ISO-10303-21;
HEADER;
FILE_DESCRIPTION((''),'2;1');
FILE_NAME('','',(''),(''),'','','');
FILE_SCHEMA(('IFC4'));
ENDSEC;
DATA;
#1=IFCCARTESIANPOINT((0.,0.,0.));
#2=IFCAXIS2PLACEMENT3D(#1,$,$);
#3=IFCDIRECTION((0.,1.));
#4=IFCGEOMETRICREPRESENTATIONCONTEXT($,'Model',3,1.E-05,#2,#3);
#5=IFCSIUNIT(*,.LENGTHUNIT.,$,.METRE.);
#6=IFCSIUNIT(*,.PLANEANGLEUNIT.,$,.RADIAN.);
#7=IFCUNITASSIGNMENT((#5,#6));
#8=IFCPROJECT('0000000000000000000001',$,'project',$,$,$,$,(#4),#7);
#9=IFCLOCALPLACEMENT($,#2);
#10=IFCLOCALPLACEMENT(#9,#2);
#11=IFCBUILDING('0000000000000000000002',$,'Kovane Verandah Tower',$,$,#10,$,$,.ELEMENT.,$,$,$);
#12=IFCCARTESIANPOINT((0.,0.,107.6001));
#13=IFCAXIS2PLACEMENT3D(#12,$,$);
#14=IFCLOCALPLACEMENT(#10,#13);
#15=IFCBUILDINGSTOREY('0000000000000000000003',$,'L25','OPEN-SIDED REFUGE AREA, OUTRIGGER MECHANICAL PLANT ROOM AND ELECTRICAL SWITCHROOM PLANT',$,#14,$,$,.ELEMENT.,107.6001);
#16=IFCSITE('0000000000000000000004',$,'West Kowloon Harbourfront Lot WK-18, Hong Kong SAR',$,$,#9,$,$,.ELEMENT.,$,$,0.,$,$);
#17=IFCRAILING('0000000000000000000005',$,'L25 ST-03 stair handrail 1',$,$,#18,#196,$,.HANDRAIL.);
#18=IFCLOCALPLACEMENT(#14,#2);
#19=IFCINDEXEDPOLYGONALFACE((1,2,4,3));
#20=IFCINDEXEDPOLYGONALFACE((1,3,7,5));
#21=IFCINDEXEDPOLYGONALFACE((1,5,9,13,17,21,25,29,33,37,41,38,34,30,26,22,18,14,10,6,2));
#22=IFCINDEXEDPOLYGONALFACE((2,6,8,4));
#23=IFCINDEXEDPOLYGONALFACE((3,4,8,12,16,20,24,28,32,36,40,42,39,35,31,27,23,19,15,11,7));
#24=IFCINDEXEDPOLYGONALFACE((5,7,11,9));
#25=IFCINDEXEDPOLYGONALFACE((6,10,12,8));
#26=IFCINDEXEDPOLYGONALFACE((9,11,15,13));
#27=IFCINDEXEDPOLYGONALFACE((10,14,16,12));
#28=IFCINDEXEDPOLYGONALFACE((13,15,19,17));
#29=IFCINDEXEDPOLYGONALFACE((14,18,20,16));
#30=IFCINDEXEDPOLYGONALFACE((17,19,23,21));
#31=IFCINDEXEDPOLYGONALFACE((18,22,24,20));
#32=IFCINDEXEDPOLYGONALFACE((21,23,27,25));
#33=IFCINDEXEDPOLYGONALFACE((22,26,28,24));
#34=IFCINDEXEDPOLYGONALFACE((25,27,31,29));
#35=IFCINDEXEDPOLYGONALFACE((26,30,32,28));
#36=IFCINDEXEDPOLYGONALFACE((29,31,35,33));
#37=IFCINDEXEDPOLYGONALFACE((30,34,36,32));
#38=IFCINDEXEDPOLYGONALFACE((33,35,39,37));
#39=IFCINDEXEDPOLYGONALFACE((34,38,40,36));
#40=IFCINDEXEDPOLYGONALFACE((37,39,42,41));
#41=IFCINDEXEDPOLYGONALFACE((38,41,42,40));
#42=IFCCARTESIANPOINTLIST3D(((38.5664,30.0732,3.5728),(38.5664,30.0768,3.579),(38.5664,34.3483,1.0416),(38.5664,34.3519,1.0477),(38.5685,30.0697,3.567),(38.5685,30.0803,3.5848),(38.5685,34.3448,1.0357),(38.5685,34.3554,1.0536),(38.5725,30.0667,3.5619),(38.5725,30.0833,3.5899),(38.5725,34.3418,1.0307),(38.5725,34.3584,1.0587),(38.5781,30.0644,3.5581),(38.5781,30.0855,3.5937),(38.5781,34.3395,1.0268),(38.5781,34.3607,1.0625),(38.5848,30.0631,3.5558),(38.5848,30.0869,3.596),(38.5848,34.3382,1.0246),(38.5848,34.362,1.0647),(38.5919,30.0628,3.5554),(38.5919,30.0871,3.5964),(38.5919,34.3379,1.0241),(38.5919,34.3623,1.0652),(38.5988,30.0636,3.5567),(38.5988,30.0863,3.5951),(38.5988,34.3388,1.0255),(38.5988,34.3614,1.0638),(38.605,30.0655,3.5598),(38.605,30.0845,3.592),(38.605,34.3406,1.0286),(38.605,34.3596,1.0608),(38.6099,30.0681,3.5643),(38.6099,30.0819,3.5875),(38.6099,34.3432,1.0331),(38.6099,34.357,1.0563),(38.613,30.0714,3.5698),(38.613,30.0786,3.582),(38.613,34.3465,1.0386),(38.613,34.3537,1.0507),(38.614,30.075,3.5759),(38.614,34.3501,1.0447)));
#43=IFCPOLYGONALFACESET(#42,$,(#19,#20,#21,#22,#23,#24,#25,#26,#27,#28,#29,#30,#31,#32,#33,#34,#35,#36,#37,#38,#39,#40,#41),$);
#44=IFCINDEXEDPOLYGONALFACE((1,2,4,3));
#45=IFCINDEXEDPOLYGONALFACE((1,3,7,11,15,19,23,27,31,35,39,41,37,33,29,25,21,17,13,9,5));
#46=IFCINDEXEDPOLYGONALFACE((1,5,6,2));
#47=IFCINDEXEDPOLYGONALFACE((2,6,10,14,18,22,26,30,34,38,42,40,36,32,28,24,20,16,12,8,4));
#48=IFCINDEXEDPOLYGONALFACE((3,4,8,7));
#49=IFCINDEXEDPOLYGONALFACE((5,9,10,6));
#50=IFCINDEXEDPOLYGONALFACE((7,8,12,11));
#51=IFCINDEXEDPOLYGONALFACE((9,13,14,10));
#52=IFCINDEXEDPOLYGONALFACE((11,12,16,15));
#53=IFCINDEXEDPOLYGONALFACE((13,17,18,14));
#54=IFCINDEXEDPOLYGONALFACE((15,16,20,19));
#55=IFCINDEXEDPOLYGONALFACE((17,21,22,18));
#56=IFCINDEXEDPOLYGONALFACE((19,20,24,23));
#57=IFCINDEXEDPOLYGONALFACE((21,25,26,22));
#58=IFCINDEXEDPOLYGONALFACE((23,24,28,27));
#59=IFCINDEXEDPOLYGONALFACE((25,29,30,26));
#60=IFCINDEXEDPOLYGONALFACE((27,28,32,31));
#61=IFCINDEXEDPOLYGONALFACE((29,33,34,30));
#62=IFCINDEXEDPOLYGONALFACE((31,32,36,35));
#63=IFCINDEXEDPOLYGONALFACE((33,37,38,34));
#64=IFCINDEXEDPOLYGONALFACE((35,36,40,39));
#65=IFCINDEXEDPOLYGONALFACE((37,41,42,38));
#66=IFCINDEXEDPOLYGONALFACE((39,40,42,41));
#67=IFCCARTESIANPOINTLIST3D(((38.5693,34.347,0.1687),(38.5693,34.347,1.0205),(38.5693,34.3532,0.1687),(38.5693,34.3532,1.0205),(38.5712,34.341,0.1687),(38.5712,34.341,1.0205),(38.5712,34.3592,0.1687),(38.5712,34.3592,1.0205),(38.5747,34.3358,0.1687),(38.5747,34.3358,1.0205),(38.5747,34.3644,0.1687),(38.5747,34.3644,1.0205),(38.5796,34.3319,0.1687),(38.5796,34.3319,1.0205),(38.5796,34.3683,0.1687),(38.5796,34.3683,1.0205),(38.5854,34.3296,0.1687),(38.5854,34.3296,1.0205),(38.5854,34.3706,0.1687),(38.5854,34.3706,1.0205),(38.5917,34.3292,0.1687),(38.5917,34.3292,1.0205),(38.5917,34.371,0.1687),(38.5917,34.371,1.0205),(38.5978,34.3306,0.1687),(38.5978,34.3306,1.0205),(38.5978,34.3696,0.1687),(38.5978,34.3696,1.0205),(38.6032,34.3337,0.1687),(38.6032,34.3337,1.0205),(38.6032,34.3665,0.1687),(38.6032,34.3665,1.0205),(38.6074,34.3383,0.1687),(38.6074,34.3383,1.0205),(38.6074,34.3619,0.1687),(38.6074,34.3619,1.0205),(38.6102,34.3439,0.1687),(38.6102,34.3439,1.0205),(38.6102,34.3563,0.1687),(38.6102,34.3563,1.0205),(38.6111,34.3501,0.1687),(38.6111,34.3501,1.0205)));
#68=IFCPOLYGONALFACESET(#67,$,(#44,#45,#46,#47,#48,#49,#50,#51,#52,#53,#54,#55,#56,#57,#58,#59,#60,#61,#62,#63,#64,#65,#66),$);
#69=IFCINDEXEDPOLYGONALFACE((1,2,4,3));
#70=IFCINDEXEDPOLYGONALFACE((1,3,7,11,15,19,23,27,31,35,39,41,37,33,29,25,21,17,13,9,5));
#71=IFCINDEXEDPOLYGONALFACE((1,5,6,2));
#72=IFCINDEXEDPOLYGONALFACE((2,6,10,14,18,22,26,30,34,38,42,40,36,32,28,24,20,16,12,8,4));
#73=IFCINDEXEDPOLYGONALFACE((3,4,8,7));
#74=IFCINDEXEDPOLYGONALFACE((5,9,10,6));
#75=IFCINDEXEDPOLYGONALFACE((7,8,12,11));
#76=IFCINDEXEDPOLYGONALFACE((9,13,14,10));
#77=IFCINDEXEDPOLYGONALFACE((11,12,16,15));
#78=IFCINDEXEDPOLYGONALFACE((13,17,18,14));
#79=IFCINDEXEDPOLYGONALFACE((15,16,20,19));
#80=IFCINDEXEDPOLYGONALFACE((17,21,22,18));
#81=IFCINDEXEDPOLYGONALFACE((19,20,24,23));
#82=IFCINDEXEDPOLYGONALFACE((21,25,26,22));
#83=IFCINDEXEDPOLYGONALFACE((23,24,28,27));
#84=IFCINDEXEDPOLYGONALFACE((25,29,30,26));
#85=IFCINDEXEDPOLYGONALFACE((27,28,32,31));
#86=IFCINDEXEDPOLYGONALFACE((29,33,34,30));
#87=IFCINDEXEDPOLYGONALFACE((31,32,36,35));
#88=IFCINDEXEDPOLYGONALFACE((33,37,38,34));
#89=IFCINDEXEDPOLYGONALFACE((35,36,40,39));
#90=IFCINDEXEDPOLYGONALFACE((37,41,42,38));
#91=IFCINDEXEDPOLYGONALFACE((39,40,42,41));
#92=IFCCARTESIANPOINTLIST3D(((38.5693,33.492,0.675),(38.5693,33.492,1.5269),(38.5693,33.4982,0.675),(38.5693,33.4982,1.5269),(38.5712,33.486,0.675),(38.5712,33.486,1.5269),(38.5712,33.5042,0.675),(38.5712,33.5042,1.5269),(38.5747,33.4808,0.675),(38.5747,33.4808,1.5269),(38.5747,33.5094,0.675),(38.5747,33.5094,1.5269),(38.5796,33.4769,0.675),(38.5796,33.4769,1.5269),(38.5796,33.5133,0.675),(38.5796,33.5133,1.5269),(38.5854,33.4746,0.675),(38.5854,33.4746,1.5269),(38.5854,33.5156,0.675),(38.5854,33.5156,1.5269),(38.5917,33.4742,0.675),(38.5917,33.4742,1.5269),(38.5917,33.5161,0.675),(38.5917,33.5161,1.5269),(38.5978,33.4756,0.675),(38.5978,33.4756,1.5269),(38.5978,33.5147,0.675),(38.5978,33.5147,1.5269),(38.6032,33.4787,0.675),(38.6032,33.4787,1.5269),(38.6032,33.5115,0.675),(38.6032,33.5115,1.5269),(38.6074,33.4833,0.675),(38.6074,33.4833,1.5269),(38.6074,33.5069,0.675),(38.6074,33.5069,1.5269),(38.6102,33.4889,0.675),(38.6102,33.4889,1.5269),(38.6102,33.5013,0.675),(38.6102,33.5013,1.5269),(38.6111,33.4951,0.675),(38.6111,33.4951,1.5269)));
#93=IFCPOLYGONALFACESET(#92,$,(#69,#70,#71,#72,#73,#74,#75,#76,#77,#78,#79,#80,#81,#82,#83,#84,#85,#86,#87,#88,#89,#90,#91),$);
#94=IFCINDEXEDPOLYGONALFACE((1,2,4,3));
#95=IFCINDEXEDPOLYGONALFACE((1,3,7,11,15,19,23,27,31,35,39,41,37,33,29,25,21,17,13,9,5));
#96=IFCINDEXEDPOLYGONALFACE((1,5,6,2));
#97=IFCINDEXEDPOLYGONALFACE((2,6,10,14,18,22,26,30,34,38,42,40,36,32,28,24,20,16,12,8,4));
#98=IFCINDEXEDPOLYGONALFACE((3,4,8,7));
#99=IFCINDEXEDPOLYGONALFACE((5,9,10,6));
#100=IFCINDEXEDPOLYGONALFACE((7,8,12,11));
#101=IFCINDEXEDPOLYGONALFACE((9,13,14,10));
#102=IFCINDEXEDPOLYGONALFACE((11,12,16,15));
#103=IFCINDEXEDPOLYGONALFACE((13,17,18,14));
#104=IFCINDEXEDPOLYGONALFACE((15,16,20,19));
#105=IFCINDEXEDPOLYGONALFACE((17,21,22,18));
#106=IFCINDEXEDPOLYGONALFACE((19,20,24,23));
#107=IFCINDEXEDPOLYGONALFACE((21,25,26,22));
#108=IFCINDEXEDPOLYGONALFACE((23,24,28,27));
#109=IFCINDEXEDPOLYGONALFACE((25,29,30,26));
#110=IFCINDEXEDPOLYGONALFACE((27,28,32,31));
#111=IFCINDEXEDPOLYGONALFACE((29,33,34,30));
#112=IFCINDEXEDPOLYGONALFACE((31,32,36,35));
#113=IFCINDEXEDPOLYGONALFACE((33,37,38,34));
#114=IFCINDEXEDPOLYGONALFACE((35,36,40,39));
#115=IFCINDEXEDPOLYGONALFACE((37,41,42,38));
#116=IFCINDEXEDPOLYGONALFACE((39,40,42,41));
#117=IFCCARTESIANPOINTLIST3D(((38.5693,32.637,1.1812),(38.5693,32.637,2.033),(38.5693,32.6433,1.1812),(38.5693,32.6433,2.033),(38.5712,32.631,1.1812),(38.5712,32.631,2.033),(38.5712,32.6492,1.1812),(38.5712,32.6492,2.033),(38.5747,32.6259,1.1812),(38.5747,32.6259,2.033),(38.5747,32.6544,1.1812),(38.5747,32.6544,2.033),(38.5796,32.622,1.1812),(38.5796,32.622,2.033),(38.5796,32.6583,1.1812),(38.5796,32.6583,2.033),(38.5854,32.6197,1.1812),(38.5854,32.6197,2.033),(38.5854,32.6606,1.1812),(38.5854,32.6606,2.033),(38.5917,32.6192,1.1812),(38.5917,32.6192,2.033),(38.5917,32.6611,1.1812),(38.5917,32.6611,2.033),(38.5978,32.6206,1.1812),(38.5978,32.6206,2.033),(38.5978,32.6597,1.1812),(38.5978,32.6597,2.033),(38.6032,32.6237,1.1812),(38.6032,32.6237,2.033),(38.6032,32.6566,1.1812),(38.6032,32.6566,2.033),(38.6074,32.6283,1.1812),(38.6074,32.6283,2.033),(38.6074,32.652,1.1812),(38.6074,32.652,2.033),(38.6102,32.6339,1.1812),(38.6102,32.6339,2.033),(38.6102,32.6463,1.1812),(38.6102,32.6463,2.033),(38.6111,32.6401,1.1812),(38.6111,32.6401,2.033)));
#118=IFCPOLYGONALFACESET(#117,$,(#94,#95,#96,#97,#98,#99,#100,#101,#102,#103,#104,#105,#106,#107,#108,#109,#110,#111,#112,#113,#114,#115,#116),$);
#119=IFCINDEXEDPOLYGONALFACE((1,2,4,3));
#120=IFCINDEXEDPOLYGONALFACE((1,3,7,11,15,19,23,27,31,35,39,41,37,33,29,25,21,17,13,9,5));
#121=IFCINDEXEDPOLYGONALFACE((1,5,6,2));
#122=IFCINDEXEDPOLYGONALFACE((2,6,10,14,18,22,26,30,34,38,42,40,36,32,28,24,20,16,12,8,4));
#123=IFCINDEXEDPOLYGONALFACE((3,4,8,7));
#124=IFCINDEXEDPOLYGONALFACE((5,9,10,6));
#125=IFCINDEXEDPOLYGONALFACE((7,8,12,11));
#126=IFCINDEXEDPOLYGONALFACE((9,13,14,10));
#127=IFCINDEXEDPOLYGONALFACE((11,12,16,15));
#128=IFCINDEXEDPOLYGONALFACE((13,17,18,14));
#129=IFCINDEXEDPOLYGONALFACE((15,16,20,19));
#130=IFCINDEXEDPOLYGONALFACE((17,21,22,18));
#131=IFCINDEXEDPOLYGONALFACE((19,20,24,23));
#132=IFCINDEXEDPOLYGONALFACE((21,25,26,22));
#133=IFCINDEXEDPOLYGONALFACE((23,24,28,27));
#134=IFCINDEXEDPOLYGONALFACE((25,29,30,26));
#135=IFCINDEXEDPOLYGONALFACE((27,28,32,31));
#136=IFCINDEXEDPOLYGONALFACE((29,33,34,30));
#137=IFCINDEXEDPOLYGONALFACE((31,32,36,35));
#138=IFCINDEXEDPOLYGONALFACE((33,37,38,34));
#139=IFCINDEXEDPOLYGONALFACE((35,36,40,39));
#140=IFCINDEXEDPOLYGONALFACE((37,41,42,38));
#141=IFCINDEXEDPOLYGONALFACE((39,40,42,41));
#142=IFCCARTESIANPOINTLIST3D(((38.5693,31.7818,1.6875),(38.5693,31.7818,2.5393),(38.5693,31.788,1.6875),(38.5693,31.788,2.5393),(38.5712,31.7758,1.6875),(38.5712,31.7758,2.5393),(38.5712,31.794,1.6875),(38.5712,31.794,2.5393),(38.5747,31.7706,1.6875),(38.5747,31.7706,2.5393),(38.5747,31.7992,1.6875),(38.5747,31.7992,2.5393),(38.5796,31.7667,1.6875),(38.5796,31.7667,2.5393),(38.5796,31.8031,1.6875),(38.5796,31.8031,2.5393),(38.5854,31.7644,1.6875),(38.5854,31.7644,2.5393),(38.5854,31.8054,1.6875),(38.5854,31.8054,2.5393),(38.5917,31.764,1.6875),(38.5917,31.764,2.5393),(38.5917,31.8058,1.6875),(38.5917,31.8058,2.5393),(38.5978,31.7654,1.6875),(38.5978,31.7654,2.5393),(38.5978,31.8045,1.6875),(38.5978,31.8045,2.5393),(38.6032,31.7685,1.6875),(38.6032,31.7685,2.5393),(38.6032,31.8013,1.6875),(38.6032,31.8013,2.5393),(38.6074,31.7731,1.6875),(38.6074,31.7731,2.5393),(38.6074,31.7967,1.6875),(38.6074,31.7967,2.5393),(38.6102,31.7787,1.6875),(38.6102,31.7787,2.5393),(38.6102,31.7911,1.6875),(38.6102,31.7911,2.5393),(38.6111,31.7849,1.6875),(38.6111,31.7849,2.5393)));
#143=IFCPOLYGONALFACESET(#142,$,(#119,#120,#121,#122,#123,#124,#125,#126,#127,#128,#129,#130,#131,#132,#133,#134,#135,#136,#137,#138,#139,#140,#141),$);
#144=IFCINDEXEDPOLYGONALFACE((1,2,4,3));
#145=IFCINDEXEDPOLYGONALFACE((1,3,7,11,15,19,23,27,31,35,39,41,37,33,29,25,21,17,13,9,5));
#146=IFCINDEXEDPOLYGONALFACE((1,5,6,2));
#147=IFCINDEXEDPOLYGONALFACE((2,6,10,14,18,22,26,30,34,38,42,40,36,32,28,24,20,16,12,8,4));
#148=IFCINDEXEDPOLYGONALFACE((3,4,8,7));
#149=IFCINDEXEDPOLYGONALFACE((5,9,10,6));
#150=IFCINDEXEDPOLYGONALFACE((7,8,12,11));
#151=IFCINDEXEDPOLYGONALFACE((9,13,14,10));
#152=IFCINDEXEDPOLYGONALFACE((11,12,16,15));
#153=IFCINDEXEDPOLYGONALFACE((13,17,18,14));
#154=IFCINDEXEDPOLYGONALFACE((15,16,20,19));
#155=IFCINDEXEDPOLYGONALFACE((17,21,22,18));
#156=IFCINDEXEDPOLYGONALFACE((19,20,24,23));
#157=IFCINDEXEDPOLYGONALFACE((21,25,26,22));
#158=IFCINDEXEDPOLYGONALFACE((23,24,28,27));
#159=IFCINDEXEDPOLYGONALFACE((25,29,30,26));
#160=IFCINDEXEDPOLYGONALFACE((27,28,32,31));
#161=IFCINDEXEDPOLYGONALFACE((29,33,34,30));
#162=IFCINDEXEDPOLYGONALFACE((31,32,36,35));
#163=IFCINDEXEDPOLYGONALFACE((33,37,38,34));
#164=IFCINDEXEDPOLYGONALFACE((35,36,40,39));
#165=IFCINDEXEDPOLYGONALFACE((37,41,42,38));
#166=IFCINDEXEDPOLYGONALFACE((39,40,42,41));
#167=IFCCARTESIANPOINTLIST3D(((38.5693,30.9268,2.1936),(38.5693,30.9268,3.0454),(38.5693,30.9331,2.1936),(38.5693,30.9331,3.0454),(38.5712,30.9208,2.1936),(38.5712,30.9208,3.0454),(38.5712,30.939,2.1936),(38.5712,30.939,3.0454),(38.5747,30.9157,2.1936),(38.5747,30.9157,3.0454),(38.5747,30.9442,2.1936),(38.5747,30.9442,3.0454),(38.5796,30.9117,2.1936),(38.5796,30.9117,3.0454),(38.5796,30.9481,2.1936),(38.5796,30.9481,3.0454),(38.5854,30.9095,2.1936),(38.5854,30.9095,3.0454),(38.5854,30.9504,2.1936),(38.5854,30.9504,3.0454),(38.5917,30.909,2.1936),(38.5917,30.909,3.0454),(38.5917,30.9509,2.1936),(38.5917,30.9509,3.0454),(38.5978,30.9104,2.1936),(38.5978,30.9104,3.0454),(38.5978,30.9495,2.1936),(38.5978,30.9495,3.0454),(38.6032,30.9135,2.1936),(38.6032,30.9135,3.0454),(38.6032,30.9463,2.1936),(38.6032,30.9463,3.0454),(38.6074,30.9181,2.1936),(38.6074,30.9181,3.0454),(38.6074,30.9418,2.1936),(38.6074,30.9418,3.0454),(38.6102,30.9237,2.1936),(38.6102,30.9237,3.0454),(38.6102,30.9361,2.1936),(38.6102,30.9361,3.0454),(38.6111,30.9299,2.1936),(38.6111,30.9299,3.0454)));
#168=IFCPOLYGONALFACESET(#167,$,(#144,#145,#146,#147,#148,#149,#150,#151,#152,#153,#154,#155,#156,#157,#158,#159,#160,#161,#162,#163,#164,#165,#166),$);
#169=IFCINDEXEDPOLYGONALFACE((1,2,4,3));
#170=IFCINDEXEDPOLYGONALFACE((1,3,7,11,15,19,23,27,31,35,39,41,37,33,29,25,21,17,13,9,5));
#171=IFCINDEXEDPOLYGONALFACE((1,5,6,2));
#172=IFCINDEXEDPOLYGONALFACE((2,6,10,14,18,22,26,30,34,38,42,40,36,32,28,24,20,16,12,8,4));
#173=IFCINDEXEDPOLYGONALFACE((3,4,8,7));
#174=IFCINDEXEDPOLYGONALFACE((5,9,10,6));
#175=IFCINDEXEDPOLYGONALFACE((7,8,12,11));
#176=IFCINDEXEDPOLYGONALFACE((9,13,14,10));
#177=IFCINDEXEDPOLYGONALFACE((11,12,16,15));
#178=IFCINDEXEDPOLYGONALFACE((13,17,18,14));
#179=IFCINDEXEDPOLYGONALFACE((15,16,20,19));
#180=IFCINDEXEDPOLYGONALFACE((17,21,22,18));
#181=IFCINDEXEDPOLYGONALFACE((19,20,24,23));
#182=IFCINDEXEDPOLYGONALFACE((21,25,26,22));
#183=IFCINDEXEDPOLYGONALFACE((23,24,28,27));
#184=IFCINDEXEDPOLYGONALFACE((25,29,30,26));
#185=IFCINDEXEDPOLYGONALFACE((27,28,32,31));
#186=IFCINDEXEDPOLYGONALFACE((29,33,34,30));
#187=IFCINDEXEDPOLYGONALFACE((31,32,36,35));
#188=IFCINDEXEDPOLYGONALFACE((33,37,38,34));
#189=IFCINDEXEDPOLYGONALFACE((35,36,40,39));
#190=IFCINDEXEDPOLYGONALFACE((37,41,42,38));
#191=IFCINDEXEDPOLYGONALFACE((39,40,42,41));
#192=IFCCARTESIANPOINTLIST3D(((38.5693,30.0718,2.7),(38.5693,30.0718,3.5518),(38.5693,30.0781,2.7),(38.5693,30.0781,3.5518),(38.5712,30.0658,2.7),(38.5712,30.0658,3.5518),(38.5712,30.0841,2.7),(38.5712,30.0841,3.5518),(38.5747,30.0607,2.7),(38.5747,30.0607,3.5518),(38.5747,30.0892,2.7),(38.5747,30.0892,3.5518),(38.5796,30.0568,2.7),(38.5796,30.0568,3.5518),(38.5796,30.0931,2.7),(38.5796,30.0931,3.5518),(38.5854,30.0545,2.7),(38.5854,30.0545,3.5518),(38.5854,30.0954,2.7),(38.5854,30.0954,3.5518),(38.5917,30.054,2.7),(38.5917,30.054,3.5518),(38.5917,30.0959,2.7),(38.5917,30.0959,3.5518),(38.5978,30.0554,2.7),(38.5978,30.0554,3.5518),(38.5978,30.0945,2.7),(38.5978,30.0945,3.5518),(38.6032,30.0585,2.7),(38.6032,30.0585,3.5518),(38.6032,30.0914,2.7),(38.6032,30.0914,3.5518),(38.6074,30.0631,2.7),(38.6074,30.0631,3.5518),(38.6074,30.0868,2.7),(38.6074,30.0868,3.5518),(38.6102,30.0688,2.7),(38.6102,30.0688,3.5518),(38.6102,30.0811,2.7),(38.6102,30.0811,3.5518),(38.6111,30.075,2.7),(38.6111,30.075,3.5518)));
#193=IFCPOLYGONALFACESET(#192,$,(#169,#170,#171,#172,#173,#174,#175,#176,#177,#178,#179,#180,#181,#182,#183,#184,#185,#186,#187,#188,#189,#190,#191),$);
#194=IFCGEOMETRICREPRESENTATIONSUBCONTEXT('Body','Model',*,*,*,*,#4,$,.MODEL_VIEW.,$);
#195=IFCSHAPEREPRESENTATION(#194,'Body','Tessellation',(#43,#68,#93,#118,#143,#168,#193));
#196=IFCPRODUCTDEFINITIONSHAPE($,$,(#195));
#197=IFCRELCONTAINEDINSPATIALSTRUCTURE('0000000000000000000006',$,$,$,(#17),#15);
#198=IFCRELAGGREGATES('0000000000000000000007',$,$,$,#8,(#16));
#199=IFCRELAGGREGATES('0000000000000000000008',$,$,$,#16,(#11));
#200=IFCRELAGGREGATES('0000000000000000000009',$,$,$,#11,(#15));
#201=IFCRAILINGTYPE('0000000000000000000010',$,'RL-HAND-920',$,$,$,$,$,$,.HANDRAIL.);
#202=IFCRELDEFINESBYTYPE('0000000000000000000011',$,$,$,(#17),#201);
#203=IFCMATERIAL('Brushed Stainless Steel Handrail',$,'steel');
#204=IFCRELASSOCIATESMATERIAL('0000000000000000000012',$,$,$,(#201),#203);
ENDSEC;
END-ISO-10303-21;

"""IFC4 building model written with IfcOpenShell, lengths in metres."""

from ifc_helpers import new_model, si_unit, direction, frame, origin, origin_2d, place, context, subcontext, project, spatial, circle, extrude, material, type_object, element, save


model = new_model("IFC4")

# Units and contexts
model_context = context("Model", 3, precision=1e-05, world=origin(), true_north=direction((0.0, 1.0)))
body_context = subcontext(model_context, "Body", "Model", "MODEL_VIEW")
ifc_project = project(units=[si_unit("LENGTHUNIT", "METRE"), si_unit("PLANEANGLEUNIT", "RADIAN")], contexts=[model_context])

# Site, building, storey
site_placement = place(None, origin())
site = spatial("IfcSite", under=ifc_project, at=site_placement, Name="West Kowloon Harbourfront Lot WK-18, Hong Kong SAR", CompositionType="ELEMENT", RefElevation=0.0)
building_placement = place(site_placement, origin())
building = spatial("IfcBuilding", under=site, at=building_placement, Name="Kovane Verandah Tower", CompositionType="ELEMENT")
storey_placement = place(building_placement, frame((0.0, 0.0, 107.6001)))
storey = spatial("IfcBuildingStorey", under=building, at=storey_placement, Name="L25", Description="OPEN-SIDED REFUGE AREA, OUTRIGGER MECHANICAL PLANT ROOM AND ELECTRICAL SWITCHROOM PLANT", CompositionType="ELEMENT", Elevation=107.6001)

# Railing
ifc_material_1 = material(Name="Brushed Stainless Steel Handrail", Category="steel")
railing_type_1 = type_object("IfcRailingType", Name="RL-HAND-920", PredefinedType="HANDRAIL", material=ifc_material_1)
railing_1_placement = place(storey_placement, frame((38.5901, 34.3501, 0.1687)))
element("IfcRailing", 1, at=railing_1_placement, inside=storey, type_object=railing_type_1, Name="L25 ST-03 stair handrail 1", PredefinedType="HANDRAIL", context=body_context, shape_type="SweptSolid", body=[
    extrude(circle(Radius=0.0239, at=origin_2d()), frame((0.0, 0.0, 0.876), z_axis=(0.0, -0.860483, 0.509479), x_axis=(1.0, 0.0, 0.0)), (0.0, 0.0, 1.0), 4.9683),
    extrude(circle(Radius=0.021, at=origin_2d()), origin(), (0.0, 0.0, 1.0), 0.8518),
    extrude(circle(Radius=0.021, at=origin_2d()), frame((0.0, -0.855, 0.5063)), (0.0, 0.0, 1.0), 0.8518),
    extrude(circle(Radius=0.021, at=origin_2d()), frame((0.0, -1.71, 1.0125)), (0.0, 0.0, 1.0), 0.8518),
    extrude(circle(Radius=0.021, at=origin_2d()), frame((0.0, -2.5652, 1.5188)), (0.0, 0.0, 1.0), 0.8518),
    extrude(circle(Radius=0.021, at=origin_2d()), frame((0.0, -3.4202, 2.0249)), (0.0, 0.0, 1.0), 0.8518),
    extrude(circle(Radius=0.021, at=origin_2d()), frame((0.0, -4.2751, 2.5312)), (0.0, 0.0, 1.0), 0.8518),
])

save(model, "model.ifc")
